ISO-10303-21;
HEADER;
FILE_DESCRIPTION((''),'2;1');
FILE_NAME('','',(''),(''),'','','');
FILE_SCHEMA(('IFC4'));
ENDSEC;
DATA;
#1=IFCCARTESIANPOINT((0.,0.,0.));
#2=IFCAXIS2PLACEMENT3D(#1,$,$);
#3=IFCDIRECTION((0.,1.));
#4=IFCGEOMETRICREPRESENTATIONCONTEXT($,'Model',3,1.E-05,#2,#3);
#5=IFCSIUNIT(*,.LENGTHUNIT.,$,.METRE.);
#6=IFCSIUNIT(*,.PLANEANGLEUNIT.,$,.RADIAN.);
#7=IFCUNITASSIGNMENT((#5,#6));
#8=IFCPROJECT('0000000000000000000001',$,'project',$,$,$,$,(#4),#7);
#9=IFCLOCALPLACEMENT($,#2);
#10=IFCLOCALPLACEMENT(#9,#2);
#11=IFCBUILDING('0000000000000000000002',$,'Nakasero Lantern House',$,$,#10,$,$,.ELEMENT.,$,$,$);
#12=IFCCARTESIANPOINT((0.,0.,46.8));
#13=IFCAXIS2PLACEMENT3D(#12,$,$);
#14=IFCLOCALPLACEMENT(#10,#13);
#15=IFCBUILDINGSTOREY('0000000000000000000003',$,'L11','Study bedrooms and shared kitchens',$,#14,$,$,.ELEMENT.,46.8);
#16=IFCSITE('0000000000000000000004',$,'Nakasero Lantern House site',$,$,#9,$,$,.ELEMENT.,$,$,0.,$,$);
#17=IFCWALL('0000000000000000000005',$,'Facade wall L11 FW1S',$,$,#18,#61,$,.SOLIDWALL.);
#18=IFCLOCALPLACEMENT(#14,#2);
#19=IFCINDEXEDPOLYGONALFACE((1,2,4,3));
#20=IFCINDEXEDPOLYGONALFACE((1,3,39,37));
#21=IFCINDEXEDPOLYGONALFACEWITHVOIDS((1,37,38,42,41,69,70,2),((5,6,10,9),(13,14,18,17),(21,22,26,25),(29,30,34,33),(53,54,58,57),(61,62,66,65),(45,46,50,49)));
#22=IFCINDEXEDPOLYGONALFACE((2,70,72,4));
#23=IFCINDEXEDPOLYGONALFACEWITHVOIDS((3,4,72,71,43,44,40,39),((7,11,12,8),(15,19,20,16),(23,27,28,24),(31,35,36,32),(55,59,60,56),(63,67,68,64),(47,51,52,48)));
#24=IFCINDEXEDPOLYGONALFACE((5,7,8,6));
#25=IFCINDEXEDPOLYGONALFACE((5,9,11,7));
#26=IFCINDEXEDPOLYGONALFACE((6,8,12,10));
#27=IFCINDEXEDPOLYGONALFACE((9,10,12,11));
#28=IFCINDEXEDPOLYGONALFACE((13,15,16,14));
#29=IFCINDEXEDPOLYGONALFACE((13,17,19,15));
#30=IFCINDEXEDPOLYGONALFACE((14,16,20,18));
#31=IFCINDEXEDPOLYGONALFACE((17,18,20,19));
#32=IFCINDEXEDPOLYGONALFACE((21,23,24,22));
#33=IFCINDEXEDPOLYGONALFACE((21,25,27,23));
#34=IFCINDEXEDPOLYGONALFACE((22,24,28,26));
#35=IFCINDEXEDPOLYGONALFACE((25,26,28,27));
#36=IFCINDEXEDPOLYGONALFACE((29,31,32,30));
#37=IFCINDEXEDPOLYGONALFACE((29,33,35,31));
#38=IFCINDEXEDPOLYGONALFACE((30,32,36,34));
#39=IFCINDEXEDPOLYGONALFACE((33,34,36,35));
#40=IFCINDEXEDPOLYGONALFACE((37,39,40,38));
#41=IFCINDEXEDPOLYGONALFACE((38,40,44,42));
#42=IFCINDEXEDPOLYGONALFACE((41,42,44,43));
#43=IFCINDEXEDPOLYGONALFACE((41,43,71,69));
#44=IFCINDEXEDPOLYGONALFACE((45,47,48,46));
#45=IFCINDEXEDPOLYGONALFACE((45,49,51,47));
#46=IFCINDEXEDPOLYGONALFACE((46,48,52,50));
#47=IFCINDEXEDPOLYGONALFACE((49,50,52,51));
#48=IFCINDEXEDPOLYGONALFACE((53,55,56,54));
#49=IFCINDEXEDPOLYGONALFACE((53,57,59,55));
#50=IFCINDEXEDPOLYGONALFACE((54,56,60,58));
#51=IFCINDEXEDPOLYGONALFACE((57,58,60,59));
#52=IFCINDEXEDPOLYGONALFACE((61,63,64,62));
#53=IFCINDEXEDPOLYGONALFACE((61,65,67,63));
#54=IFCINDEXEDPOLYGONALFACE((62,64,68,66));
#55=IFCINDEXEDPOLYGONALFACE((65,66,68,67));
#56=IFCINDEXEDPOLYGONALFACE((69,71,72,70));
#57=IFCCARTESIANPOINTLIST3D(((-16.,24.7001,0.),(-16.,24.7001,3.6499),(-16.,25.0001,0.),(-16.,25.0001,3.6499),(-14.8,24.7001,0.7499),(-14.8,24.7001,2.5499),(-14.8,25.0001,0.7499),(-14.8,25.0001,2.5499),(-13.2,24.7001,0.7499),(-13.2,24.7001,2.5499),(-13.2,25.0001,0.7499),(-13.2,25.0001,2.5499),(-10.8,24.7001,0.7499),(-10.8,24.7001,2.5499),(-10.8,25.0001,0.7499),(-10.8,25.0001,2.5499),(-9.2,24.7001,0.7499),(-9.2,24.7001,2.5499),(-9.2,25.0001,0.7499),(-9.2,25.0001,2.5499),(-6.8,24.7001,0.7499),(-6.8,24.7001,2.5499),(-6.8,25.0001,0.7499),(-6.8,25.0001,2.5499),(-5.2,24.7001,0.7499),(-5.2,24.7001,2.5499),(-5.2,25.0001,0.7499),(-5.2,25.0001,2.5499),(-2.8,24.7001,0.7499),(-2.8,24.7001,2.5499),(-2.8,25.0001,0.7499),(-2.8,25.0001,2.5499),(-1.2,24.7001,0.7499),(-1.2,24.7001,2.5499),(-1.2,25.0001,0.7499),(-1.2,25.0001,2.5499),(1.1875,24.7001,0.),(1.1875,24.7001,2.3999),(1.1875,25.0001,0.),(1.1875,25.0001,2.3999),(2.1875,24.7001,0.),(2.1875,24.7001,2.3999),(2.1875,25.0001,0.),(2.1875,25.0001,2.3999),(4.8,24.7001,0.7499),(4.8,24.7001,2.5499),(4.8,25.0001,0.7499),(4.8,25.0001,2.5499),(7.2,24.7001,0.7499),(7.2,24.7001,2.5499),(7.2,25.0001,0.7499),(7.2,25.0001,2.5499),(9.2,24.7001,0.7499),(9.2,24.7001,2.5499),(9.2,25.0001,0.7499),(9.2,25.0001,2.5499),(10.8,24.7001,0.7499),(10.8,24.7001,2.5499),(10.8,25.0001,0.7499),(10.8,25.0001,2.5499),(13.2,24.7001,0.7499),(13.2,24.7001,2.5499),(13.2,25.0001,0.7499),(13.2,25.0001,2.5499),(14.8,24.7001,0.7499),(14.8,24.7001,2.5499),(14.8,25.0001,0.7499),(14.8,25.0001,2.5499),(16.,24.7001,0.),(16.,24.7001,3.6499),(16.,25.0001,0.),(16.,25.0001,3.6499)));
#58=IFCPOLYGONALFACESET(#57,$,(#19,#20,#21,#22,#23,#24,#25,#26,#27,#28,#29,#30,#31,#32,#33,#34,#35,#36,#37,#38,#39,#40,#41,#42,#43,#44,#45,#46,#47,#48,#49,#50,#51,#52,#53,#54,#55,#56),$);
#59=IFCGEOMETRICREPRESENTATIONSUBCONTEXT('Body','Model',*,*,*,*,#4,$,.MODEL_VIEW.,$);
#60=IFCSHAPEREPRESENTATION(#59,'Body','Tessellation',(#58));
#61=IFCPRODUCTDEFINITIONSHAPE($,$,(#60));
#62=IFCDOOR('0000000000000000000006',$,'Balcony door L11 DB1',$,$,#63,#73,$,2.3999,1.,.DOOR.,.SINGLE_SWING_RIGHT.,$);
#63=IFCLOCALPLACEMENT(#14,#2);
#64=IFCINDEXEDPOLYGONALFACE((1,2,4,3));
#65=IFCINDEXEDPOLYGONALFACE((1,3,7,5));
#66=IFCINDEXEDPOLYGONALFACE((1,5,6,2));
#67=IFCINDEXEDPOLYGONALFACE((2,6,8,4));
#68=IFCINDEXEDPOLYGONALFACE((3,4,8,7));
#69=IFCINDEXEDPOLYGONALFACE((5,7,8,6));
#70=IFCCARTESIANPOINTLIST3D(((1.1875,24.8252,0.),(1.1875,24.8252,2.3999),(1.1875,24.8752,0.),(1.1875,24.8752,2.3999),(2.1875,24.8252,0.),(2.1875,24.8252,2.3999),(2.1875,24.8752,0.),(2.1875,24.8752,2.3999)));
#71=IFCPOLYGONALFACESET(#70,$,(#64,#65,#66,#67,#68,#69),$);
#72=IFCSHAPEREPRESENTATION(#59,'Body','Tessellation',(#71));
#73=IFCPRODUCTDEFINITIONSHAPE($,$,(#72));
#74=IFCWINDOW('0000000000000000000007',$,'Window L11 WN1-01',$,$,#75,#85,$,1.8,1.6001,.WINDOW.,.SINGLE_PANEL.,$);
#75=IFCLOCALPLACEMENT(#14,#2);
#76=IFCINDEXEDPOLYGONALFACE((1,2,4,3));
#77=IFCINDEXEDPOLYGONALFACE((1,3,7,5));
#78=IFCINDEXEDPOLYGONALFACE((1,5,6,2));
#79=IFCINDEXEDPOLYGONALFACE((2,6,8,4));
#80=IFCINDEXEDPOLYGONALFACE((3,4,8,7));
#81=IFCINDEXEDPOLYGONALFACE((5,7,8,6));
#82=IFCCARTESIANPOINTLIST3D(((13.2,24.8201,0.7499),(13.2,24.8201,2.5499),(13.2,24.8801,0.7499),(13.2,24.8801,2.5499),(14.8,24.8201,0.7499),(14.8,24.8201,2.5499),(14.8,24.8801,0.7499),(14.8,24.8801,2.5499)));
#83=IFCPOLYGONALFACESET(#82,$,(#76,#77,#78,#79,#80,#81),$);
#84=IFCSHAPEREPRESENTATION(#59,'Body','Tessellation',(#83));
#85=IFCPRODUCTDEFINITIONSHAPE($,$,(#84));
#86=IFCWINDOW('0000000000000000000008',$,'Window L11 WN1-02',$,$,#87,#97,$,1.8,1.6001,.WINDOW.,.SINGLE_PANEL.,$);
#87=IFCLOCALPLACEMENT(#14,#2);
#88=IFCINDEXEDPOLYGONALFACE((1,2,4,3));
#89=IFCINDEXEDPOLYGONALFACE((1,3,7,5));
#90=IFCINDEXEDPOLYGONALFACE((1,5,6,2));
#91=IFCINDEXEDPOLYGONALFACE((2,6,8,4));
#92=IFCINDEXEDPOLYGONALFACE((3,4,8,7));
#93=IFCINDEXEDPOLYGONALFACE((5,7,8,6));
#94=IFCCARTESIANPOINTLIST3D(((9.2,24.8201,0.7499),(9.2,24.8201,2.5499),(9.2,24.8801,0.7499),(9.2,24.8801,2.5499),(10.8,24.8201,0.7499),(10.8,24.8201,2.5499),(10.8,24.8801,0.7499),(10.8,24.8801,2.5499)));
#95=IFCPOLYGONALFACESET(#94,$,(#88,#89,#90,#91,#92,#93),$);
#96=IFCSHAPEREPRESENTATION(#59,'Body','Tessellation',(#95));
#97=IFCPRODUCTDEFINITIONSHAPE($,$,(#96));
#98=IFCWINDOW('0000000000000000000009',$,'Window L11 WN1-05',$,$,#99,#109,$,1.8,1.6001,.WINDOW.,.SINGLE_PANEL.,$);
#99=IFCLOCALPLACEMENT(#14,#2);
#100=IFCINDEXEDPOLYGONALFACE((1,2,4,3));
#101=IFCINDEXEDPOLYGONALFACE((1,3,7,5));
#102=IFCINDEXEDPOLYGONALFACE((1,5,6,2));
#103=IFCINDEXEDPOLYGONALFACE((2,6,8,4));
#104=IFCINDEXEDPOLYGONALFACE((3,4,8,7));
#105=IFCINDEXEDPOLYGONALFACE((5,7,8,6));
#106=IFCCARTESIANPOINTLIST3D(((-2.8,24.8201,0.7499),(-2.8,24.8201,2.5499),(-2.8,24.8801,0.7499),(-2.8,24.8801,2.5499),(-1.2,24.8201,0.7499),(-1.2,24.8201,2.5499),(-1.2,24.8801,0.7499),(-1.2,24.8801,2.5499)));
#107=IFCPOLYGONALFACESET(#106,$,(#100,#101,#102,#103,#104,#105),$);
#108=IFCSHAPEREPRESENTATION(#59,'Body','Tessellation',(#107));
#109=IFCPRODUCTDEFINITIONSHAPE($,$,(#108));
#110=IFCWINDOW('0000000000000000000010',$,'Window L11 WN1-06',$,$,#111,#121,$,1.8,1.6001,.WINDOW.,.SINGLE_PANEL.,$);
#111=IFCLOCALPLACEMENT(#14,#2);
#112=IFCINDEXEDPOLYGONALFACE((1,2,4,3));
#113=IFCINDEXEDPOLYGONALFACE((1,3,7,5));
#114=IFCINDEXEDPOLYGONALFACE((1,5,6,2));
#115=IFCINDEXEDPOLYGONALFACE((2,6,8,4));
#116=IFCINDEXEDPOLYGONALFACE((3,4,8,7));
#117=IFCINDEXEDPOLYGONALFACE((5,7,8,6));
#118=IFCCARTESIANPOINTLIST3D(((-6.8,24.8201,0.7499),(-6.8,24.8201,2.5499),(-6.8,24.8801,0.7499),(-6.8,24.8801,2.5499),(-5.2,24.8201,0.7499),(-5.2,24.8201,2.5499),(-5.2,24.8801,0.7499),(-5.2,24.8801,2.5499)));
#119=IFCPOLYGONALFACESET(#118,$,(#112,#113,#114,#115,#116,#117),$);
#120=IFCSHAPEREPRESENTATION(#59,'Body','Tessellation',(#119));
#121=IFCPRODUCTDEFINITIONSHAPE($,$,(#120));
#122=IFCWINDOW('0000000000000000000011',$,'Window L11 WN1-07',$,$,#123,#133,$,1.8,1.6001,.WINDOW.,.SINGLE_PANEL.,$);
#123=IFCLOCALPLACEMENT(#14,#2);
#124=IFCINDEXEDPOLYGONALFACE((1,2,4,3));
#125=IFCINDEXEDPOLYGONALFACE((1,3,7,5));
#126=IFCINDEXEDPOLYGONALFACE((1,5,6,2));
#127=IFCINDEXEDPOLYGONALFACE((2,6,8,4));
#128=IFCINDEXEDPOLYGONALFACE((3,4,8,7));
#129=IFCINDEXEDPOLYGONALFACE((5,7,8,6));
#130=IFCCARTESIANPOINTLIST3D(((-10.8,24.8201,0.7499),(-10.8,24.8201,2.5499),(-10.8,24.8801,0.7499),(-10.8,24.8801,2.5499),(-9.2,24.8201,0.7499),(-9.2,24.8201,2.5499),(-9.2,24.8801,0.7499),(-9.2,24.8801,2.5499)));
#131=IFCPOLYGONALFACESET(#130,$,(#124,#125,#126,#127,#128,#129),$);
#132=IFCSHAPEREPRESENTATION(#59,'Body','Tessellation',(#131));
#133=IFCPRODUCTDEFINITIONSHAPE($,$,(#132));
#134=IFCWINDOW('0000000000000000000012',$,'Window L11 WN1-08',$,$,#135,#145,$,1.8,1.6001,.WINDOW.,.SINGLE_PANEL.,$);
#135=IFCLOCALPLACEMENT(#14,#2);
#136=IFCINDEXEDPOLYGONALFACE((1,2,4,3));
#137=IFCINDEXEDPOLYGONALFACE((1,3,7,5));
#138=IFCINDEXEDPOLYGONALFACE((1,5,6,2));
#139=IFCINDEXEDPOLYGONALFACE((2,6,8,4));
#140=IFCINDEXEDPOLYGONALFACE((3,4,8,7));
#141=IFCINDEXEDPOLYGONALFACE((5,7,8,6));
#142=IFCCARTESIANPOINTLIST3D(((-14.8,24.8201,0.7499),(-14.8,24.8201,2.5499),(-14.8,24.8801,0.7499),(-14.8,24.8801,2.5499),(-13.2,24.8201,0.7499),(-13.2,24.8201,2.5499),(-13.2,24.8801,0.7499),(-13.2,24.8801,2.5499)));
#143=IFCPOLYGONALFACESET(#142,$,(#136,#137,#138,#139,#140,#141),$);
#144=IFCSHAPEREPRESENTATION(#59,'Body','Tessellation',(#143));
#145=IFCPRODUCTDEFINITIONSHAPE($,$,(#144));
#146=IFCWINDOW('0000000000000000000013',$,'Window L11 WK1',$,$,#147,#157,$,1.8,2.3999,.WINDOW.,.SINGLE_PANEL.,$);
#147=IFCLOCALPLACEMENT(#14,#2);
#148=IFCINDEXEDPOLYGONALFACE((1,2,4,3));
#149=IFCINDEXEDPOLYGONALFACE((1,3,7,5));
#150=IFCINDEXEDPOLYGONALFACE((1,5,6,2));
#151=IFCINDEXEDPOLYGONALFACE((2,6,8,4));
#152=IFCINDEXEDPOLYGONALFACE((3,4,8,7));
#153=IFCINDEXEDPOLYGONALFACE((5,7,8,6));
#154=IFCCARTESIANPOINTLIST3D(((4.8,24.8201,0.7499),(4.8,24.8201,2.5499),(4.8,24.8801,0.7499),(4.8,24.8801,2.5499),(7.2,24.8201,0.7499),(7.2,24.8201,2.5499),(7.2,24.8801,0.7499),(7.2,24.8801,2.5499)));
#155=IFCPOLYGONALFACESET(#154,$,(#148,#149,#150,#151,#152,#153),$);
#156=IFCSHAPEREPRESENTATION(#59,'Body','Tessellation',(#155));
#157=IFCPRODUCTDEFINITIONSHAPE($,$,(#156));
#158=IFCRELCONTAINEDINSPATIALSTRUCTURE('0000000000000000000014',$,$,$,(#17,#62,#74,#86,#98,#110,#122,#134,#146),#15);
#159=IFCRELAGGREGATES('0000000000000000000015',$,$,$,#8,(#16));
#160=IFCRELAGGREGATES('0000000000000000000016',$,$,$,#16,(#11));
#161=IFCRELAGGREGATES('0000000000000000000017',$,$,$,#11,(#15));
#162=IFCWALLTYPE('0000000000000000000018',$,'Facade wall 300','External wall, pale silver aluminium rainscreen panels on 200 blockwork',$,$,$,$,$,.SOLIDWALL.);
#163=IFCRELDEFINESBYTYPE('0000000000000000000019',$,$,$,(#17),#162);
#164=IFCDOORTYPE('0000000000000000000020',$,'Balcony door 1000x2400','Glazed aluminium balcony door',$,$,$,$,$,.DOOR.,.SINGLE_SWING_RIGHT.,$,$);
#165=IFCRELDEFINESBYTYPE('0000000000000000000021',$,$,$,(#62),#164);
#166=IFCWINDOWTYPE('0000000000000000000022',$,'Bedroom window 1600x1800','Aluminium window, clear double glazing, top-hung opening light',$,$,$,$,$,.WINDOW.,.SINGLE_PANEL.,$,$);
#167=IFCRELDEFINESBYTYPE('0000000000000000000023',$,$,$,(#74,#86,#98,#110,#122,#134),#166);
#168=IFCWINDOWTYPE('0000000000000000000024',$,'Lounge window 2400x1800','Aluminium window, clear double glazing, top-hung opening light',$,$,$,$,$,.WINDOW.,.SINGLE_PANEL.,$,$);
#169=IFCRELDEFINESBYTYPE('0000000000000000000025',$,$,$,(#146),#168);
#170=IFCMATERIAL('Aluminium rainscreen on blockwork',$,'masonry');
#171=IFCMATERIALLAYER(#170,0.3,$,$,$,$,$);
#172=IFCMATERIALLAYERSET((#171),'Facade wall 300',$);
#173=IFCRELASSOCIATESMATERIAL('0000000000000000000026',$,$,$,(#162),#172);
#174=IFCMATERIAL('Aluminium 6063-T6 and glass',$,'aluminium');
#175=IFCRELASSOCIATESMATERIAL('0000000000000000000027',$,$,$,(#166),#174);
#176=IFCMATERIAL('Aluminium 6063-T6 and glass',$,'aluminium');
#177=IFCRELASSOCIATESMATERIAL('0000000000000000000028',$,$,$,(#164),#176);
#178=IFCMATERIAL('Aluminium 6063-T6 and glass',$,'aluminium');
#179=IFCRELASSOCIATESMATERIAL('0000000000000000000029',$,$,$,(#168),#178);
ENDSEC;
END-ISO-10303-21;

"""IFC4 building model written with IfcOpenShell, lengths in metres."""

from ifc_helpers import new_model, si_unit, direction, frame, frame_2d, origin, place, context, subcontext, project, spatial, rectangle, extrude, material, layer, layer_set, type_object, element, fill, save


model = new_model("IFC4")

# Units and contexts
model_context = context("Model", 3, precision=1e-05, world=origin(), true_north=direction((0.0, 1.0)))
body_context = subcontext(model_context, "Body", "Model", "MODEL_VIEW")
ifc_project = project(units=[si_unit("LENGTHUNIT", "METRE"), si_unit("PLANEANGLEUNIT", "RADIAN")], contexts=[model_context])

# Site, building, storey
site_placement = place(None, origin())
site = spatial("IfcSite", under=ifc_project, at=site_placement, Name="Nakasero Lantern House site", CompositionType="ELEMENT", RefElevation=0.0)
building_placement = place(site_placement, origin())
building = spatial("IfcBuilding", under=site, at=building_placement, Name="Nakasero Lantern House", CompositionType="ELEMENT")
storey_placement = place(building_placement, frame((0.0, 0.0, 46.8)))
storey = spatial("IfcBuildingStorey", under=building, at=storey_placement, Name="L11", Description="Study bedrooms and shared kitchens", CompositionType="ELEMENT", Elevation=46.8)

# Shared definitions
ifc_material_1 = material(Name="Aluminium rainscreen on blockwork", Category="masonry")
ifc_layer_1 = layer(ifc_material_1, 0.3)
ifc_layer_set_1 = layer_set([ifc_layer_1], Name="Facade wall 300")
wall_type_1 = type_object("IfcWallType", Name="Facade wall 300", Description="External wall, pale silver aluminium rainscreen panels on 200 blockwork", PredefinedType="SOLIDWALL", material=ifc_layer_set_1)
ifc_material_2 = material(Name="Aluminium 6063-T6 and glass", Category="aluminium")
window_type_1 = type_object("IfcWindowType", Name="Bedroom window 1600x1800", Description="Aluminium window, clear double glazing, top-hung opening light", PartitioningType="SINGLE_PANEL", PredefinedType="WINDOW", material=ifc_material_2)

# Wall, openings, door, windows
wall_1_placement = place(storey_placement, frame((16.0, 24.8501, 0.0), z_axis=(0.0, 0.0, 1.0), x_axis=(-1.0, 0.0, 0.0)))
wall_1 = element("IfcWall", 1, at=wall_1_placement, inside=storey, type_object=wall_type_1, Name="Facade wall L11 FW1S", PredefinedType="SOLIDWALL", context=body_context, shape_type="SweptSolid", body=[
    extrude(rectangle(XDim=32.0, YDim=0.3, at=frame_2d((16.0, 0.0))), origin(), (0.0, 0.0, 1.0), 3.6499),
])
opening_1_placement = place(wall_1_placement, frame((1.2, 0.0, 0.75)))
opening_1 = element("IfcOpeningElement", 2, at=opening_1_placement, cuts=wall_1, PredefinedType="OPENING", context=body_context, shape_type="SweptSolid", body=[
    extrude(rectangle(XDim=1.6001, YDim=1.8, at=frame_2d((0.8, 0.8999))), frame((0.0, 0.1699, 0.0), z_axis=(0.0, -1.0, 0.0), x_axis=(1.0, 0.0, 0.0)), (0.0, 0.0, 1.0), 0.3401),
])
opening_2_placement = place(wall_1_placement, frame((5.2, 0.0, 0.75)))
opening_2 = element("IfcOpeningElement", 3, at=opening_2_placement, cuts=wall_1, PredefinedType="OPENING", context=body_context, shape_type="SweptSolid", body=[
    extrude(rectangle(XDim=1.6001, YDim=1.8, at=frame_2d((0.8, 0.8999))), frame((0.0, 0.1699, 0.0), z_axis=(0.0, -1.0, 0.0), x_axis=(1.0, 0.0, 0.0)), (0.0, 0.0, 1.0), 0.3401),
])
opening_3_placement = place(wall_1_placement, frame((17.2, 0.0, 0.75)))
opening_3 = element("IfcOpeningElement", 4, at=opening_3_placement, cuts=wall_1, PredefinedType="OPENING", context=body_context, shape_type="SweptSolid", body=[
    extrude(rectangle(XDim=1.6001, YDim=1.8, at=frame_2d((0.8, 0.8999))), frame((0.0, 0.1699, 0.0), z_axis=(0.0, -1.0, 0.0), x_axis=(1.0, 0.0, 0.0)), (0.0, 0.0, 1.0), 0.3401),
])
opening_4_placement = place(wall_1_placement, frame((21.2, 0.0, 0.75)))
opening_4 = element("IfcOpeningElement", 5, at=opening_4_placement, cuts=wall_1, PredefinedType="OPENING", context=body_context, shape_type="SweptSolid", body=[
    extrude(rectangle(XDim=1.6001, YDim=1.8, at=frame_2d((0.8, 0.8999))), frame((0.0, 0.1699, 0.0), z_axis=(0.0, -1.0, 0.0), x_axis=(1.0, 0.0, 0.0)), (0.0, 0.0, 1.0), 0.3401),
])
opening_5_placement = place(wall_1_placement, frame((25.2, 0.0, 0.75)))
opening_5 = element("IfcOpeningElement", 6, at=opening_5_placement, cuts=wall_1, PredefinedType="OPENING", context=body_context, shape_type="SweptSolid", body=[
    extrude(rectangle(XDim=1.6001, YDim=1.8, at=frame_2d((0.8, 0.8999))), frame((0.0, 0.1699, 0.0), z_axis=(0.0, -1.0, 0.0), x_axis=(1.0, 0.0, 0.0)), (0.0, 0.0, 1.0), 0.3401),
])
opening_6_placement = place(wall_1_placement, frame((29.2, 0.0, 0.75)))
opening_6 = element("IfcOpeningElement", 7, at=opening_6_placement, cuts=wall_1, PredefinedType="OPENING", context=body_context, shape_type="SweptSolid", body=[
    extrude(rectangle(XDim=1.6001, YDim=1.8, at=frame_2d((0.8, 0.8999))), frame((0.0, 0.1699, 0.0), z_axis=(0.0, -1.0, 0.0), x_axis=(1.0, 0.0, 0.0)), (0.0, 0.0, 1.0), 0.3401),
])
opening_7_placement = place(wall_1_placement, frame((8.8, 0.0, 0.75)))
opening_7 = element("IfcOpeningElement", 8, at=opening_7_placement, cuts=wall_1, PredefinedType="OPENING", context=body_context, shape_type="SweptSolid", body=[
    extrude(rectangle(XDim=2.3999, YDim=1.8, at=frame_2d((1.2, 0.8999))), frame((0.0, 0.1699, 0.0), z_axis=(0.0, -1.0, 0.0), x_axis=(1.0, 0.0, 0.0)), (0.0, 0.0, 1.0), 0.3401),
])
opening_8_placement = place(wall_1_placement, frame((13.8125, 0.0, 0.0)))
opening_8 = element("IfcOpeningElement", 9, at=opening_8_placement, cuts=wall_1, PredefinedType="OPENING", context=body_context, shape_type="SweptSolid", body=[
    extrude(rectangle(XDim=1.0, YDim=2.3999, at=frame_2d((0.5, 1.2))), frame((0.0, 0.1699, 0.0), z_axis=(0.0, -1.0, 0.0), x_axis=(1.0, 0.0, 0.0)), (0.0, 0.0, 1.0), 0.3401),
])
ifc_material_3 = material(Name="Aluminium 6063-T6 and glass", Category="aluminium")
door_type_1 = type_object("IfcDoorType", Name="Balcony door 1000x2400", Description="Glazed aluminium balcony door", OperationType="SINGLE_SWING_RIGHT", PredefinedType="DOOR", material=ifc_material_3)
door_1_placement = place(opening_8_placement, origin())
door_1 = element("IfcDoor", 10, at=door_1_placement, inside=storey, type_object=door_type_1, Name="Balcony door L11 DB1", OperationType="SINGLE_SWING_RIGHT", OverallHeight=2.3999, OverallWidth=1.0, PredefinedType="DOOR", context=body_context, shape_type="SweptSolid", body=[
    extrude(rectangle(XDim=1.0, YDim=2.3999, at=frame_2d((0.5, 1.2))), frame((0.0, 0.0249, 0.0), z_axis=(0.0, -1.0, 0.0), x_axis=(1.0, 0.0, 0.0)), (0.0, 0.0, 1.0), 0.05),
])
fill(opening_8, door_1)
window_1_placement = place(opening_1_placement, origin())
window_1 = element("IfcWindow", 11, at=window_1_placement, inside=storey, type_object=window_type_1, Name="Window L11 WN1-01", OverallHeight=1.8, OverallWidth=1.6001, PartitioningType="SINGLE_PANEL", PredefinedType="WINDOW", context=body_context, shape_type="SweptSolid", body=[
    extrude(rectangle(XDim=1.6001, YDim=1.8, at=frame_2d((0.8, 0.8999))), frame((0.0, 0.03, 0.0), z_axis=(0.0, -1.0, 0.0), x_axis=(1.0, 0.0, 0.0)), (0.0, 0.0, 1.0), 0.0601),
])
fill(opening_1, window_1)
window_2_placement = place(opening_2_placement, origin())
window_2 = element("IfcWindow", 12, at=window_2_placement, inside=storey, type_object=window_type_1, Name="Window L11 WN1-02", OverallHeight=1.8, OverallWidth=1.6001, PartitioningType="SINGLE_PANEL", PredefinedType="WINDOW", context=body_context, shape_type="SweptSolid", body=[
    extrude(rectangle(XDim=1.6001, YDim=1.8, at=frame_2d((0.8, 0.8999))), frame((0.0, 0.03, 0.0), z_axis=(0.0, -1.0, 0.0), x_axis=(1.0, 0.0, 0.0)), (0.0, 0.0, 1.0), 0.0601),
])
fill(opening_2, window_2)
window_3_placement = place(opening_3_placement, origin())
window_3 = element("IfcWindow", 13, at=window_3_placement, inside=storey, type_object=window_type_1, Name="Window L11 WN1-05", OverallHeight=1.8, OverallWidth=1.6001, PartitioningType="SINGLE_PANEL", PredefinedType="WINDOW", context=body_context, shape_type="SweptSolid", body=[
    extrude(rectangle(XDim=1.6001, YDim=1.8, at=frame_2d((0.8, 0.8999))), frame((0.0, 0.03, 0.0), z_axis=(0.0, -1.0, 0.0), x_axis=(1.0, 0.0, 0.0)), (0.0, 0.0, 1.0), 0.0601),
])
fill(opening_3, window_3)
window_4_placement = place(opening_4_placement, origin())
window_4 = element("IfcWindow", 14, at=window_4_placement, inside=storey, type_object=window_type_1, Name="Window L11 WN1-06", OverallHeight=1.8, OverallWidth=1.6001, PartitioningType="SINGLE_PANEL", PredefinedType="WINDOW", context=body_context, shape_type="SweptSolid", body=[
    extrude(rectangle(XDim=1.6001, YDim=1.8, at=frame_2d((0.8, 0.8999))), frame((0.0, 0.03, 0.0), z_axis=(0.0, -1.0, 0.0), x_axis=(1.0, 0.0, 0.0)), (0.0, 0.0, 1.0), 0.0601),
])
fill(opening_4, window_4)
window_5_placement = place(opening_5_placement, origin())
window_5 = element("IfcWindow", 15, at=window_5_placement, inside=storey, type_object=window_type_1, Name="Window L11 WN1-07", OverallHeight=1.8, OverallWidth=1.6001, PartitioningType="SINGLE_PANEL", PredefinedType="WINDOW", context=body_context, shape_type="SweptSolid", body=[
    extrude(rectangle(XDim=1.6001, YDim=1.8, at=frame_2d((0.8, 0.8999))), frame((0.0, 0.03, 0.0), z_axis=(0.0, -1.0, 0.0), x_axis=(1.0, 0.0, 0.0)), (0.0, 0.0, 1.0), 0.0601),
])
fill(opening_5, window_5)
window_6_placement = place(opening_6_placement, origin())
window_6 = element("IfcWindow", 16, at=window_6_placement, inside=storey, type_object=window_type_1, Name="Window L11 WN1-08", OverallHeight=1.8, OverallWidth=1.6001, PartitioningType="SINGLE_PANEL", PredefinedType="WINDOW", context=body_context, shape_type="SweptSolid", body=[
    extrude(rectangle(XDim=1.6001, YDim=1.8, at=frame_2d((0.8, 0.8999))), frame((0.0, 0.03, 0.0), z_axis=(0.0, -1.0, 0.0), x_axis=(1.0, 0.0, 0.0)), (0.0, 0.0, 1.0), 0.0601),
])
fill(opening_6, window_6)
ifc_material_4 = material(Name="Aluminium 6063-T6 and glass", Category="aluminium")
window_type_2 = type_object("IfcWindowType", Name="Lounge window 2400x1800", Description="Aluminium window, clear double glazing, top-hung opening light", PartitioningType="SINGLE_PANEL", PredefinedType="WINDOW", material=ifc_material_4)
window_7_placement = place(opening_7_placement, origin())
window_7 = element("IfcWindow", 17, at=window_7_placement, inside=storey, type_object=window_type_2, Name="Window L11 WK1", OverallHeight=1.8, OverallWidth=2.3999, PartitioningType="SINGLE_PANEL", PredefinedType="WINDOW", context=body_context, shape_type="SweptSolid", body=[
    extrude(rectangle(XDim=2.3999, YDim=1.8, at=frame_2d((1.2, 0.8999))), frame((0.0, 0.03, 0.0), z_axis=(0.0, -1.0, 0.0), x_axis=(1.0, 0.0, 0.0)), (0.0, 0.0, 1.0), 0.0601),
])
fill(opening_7, window_7)

save(model, "model.ifc")
